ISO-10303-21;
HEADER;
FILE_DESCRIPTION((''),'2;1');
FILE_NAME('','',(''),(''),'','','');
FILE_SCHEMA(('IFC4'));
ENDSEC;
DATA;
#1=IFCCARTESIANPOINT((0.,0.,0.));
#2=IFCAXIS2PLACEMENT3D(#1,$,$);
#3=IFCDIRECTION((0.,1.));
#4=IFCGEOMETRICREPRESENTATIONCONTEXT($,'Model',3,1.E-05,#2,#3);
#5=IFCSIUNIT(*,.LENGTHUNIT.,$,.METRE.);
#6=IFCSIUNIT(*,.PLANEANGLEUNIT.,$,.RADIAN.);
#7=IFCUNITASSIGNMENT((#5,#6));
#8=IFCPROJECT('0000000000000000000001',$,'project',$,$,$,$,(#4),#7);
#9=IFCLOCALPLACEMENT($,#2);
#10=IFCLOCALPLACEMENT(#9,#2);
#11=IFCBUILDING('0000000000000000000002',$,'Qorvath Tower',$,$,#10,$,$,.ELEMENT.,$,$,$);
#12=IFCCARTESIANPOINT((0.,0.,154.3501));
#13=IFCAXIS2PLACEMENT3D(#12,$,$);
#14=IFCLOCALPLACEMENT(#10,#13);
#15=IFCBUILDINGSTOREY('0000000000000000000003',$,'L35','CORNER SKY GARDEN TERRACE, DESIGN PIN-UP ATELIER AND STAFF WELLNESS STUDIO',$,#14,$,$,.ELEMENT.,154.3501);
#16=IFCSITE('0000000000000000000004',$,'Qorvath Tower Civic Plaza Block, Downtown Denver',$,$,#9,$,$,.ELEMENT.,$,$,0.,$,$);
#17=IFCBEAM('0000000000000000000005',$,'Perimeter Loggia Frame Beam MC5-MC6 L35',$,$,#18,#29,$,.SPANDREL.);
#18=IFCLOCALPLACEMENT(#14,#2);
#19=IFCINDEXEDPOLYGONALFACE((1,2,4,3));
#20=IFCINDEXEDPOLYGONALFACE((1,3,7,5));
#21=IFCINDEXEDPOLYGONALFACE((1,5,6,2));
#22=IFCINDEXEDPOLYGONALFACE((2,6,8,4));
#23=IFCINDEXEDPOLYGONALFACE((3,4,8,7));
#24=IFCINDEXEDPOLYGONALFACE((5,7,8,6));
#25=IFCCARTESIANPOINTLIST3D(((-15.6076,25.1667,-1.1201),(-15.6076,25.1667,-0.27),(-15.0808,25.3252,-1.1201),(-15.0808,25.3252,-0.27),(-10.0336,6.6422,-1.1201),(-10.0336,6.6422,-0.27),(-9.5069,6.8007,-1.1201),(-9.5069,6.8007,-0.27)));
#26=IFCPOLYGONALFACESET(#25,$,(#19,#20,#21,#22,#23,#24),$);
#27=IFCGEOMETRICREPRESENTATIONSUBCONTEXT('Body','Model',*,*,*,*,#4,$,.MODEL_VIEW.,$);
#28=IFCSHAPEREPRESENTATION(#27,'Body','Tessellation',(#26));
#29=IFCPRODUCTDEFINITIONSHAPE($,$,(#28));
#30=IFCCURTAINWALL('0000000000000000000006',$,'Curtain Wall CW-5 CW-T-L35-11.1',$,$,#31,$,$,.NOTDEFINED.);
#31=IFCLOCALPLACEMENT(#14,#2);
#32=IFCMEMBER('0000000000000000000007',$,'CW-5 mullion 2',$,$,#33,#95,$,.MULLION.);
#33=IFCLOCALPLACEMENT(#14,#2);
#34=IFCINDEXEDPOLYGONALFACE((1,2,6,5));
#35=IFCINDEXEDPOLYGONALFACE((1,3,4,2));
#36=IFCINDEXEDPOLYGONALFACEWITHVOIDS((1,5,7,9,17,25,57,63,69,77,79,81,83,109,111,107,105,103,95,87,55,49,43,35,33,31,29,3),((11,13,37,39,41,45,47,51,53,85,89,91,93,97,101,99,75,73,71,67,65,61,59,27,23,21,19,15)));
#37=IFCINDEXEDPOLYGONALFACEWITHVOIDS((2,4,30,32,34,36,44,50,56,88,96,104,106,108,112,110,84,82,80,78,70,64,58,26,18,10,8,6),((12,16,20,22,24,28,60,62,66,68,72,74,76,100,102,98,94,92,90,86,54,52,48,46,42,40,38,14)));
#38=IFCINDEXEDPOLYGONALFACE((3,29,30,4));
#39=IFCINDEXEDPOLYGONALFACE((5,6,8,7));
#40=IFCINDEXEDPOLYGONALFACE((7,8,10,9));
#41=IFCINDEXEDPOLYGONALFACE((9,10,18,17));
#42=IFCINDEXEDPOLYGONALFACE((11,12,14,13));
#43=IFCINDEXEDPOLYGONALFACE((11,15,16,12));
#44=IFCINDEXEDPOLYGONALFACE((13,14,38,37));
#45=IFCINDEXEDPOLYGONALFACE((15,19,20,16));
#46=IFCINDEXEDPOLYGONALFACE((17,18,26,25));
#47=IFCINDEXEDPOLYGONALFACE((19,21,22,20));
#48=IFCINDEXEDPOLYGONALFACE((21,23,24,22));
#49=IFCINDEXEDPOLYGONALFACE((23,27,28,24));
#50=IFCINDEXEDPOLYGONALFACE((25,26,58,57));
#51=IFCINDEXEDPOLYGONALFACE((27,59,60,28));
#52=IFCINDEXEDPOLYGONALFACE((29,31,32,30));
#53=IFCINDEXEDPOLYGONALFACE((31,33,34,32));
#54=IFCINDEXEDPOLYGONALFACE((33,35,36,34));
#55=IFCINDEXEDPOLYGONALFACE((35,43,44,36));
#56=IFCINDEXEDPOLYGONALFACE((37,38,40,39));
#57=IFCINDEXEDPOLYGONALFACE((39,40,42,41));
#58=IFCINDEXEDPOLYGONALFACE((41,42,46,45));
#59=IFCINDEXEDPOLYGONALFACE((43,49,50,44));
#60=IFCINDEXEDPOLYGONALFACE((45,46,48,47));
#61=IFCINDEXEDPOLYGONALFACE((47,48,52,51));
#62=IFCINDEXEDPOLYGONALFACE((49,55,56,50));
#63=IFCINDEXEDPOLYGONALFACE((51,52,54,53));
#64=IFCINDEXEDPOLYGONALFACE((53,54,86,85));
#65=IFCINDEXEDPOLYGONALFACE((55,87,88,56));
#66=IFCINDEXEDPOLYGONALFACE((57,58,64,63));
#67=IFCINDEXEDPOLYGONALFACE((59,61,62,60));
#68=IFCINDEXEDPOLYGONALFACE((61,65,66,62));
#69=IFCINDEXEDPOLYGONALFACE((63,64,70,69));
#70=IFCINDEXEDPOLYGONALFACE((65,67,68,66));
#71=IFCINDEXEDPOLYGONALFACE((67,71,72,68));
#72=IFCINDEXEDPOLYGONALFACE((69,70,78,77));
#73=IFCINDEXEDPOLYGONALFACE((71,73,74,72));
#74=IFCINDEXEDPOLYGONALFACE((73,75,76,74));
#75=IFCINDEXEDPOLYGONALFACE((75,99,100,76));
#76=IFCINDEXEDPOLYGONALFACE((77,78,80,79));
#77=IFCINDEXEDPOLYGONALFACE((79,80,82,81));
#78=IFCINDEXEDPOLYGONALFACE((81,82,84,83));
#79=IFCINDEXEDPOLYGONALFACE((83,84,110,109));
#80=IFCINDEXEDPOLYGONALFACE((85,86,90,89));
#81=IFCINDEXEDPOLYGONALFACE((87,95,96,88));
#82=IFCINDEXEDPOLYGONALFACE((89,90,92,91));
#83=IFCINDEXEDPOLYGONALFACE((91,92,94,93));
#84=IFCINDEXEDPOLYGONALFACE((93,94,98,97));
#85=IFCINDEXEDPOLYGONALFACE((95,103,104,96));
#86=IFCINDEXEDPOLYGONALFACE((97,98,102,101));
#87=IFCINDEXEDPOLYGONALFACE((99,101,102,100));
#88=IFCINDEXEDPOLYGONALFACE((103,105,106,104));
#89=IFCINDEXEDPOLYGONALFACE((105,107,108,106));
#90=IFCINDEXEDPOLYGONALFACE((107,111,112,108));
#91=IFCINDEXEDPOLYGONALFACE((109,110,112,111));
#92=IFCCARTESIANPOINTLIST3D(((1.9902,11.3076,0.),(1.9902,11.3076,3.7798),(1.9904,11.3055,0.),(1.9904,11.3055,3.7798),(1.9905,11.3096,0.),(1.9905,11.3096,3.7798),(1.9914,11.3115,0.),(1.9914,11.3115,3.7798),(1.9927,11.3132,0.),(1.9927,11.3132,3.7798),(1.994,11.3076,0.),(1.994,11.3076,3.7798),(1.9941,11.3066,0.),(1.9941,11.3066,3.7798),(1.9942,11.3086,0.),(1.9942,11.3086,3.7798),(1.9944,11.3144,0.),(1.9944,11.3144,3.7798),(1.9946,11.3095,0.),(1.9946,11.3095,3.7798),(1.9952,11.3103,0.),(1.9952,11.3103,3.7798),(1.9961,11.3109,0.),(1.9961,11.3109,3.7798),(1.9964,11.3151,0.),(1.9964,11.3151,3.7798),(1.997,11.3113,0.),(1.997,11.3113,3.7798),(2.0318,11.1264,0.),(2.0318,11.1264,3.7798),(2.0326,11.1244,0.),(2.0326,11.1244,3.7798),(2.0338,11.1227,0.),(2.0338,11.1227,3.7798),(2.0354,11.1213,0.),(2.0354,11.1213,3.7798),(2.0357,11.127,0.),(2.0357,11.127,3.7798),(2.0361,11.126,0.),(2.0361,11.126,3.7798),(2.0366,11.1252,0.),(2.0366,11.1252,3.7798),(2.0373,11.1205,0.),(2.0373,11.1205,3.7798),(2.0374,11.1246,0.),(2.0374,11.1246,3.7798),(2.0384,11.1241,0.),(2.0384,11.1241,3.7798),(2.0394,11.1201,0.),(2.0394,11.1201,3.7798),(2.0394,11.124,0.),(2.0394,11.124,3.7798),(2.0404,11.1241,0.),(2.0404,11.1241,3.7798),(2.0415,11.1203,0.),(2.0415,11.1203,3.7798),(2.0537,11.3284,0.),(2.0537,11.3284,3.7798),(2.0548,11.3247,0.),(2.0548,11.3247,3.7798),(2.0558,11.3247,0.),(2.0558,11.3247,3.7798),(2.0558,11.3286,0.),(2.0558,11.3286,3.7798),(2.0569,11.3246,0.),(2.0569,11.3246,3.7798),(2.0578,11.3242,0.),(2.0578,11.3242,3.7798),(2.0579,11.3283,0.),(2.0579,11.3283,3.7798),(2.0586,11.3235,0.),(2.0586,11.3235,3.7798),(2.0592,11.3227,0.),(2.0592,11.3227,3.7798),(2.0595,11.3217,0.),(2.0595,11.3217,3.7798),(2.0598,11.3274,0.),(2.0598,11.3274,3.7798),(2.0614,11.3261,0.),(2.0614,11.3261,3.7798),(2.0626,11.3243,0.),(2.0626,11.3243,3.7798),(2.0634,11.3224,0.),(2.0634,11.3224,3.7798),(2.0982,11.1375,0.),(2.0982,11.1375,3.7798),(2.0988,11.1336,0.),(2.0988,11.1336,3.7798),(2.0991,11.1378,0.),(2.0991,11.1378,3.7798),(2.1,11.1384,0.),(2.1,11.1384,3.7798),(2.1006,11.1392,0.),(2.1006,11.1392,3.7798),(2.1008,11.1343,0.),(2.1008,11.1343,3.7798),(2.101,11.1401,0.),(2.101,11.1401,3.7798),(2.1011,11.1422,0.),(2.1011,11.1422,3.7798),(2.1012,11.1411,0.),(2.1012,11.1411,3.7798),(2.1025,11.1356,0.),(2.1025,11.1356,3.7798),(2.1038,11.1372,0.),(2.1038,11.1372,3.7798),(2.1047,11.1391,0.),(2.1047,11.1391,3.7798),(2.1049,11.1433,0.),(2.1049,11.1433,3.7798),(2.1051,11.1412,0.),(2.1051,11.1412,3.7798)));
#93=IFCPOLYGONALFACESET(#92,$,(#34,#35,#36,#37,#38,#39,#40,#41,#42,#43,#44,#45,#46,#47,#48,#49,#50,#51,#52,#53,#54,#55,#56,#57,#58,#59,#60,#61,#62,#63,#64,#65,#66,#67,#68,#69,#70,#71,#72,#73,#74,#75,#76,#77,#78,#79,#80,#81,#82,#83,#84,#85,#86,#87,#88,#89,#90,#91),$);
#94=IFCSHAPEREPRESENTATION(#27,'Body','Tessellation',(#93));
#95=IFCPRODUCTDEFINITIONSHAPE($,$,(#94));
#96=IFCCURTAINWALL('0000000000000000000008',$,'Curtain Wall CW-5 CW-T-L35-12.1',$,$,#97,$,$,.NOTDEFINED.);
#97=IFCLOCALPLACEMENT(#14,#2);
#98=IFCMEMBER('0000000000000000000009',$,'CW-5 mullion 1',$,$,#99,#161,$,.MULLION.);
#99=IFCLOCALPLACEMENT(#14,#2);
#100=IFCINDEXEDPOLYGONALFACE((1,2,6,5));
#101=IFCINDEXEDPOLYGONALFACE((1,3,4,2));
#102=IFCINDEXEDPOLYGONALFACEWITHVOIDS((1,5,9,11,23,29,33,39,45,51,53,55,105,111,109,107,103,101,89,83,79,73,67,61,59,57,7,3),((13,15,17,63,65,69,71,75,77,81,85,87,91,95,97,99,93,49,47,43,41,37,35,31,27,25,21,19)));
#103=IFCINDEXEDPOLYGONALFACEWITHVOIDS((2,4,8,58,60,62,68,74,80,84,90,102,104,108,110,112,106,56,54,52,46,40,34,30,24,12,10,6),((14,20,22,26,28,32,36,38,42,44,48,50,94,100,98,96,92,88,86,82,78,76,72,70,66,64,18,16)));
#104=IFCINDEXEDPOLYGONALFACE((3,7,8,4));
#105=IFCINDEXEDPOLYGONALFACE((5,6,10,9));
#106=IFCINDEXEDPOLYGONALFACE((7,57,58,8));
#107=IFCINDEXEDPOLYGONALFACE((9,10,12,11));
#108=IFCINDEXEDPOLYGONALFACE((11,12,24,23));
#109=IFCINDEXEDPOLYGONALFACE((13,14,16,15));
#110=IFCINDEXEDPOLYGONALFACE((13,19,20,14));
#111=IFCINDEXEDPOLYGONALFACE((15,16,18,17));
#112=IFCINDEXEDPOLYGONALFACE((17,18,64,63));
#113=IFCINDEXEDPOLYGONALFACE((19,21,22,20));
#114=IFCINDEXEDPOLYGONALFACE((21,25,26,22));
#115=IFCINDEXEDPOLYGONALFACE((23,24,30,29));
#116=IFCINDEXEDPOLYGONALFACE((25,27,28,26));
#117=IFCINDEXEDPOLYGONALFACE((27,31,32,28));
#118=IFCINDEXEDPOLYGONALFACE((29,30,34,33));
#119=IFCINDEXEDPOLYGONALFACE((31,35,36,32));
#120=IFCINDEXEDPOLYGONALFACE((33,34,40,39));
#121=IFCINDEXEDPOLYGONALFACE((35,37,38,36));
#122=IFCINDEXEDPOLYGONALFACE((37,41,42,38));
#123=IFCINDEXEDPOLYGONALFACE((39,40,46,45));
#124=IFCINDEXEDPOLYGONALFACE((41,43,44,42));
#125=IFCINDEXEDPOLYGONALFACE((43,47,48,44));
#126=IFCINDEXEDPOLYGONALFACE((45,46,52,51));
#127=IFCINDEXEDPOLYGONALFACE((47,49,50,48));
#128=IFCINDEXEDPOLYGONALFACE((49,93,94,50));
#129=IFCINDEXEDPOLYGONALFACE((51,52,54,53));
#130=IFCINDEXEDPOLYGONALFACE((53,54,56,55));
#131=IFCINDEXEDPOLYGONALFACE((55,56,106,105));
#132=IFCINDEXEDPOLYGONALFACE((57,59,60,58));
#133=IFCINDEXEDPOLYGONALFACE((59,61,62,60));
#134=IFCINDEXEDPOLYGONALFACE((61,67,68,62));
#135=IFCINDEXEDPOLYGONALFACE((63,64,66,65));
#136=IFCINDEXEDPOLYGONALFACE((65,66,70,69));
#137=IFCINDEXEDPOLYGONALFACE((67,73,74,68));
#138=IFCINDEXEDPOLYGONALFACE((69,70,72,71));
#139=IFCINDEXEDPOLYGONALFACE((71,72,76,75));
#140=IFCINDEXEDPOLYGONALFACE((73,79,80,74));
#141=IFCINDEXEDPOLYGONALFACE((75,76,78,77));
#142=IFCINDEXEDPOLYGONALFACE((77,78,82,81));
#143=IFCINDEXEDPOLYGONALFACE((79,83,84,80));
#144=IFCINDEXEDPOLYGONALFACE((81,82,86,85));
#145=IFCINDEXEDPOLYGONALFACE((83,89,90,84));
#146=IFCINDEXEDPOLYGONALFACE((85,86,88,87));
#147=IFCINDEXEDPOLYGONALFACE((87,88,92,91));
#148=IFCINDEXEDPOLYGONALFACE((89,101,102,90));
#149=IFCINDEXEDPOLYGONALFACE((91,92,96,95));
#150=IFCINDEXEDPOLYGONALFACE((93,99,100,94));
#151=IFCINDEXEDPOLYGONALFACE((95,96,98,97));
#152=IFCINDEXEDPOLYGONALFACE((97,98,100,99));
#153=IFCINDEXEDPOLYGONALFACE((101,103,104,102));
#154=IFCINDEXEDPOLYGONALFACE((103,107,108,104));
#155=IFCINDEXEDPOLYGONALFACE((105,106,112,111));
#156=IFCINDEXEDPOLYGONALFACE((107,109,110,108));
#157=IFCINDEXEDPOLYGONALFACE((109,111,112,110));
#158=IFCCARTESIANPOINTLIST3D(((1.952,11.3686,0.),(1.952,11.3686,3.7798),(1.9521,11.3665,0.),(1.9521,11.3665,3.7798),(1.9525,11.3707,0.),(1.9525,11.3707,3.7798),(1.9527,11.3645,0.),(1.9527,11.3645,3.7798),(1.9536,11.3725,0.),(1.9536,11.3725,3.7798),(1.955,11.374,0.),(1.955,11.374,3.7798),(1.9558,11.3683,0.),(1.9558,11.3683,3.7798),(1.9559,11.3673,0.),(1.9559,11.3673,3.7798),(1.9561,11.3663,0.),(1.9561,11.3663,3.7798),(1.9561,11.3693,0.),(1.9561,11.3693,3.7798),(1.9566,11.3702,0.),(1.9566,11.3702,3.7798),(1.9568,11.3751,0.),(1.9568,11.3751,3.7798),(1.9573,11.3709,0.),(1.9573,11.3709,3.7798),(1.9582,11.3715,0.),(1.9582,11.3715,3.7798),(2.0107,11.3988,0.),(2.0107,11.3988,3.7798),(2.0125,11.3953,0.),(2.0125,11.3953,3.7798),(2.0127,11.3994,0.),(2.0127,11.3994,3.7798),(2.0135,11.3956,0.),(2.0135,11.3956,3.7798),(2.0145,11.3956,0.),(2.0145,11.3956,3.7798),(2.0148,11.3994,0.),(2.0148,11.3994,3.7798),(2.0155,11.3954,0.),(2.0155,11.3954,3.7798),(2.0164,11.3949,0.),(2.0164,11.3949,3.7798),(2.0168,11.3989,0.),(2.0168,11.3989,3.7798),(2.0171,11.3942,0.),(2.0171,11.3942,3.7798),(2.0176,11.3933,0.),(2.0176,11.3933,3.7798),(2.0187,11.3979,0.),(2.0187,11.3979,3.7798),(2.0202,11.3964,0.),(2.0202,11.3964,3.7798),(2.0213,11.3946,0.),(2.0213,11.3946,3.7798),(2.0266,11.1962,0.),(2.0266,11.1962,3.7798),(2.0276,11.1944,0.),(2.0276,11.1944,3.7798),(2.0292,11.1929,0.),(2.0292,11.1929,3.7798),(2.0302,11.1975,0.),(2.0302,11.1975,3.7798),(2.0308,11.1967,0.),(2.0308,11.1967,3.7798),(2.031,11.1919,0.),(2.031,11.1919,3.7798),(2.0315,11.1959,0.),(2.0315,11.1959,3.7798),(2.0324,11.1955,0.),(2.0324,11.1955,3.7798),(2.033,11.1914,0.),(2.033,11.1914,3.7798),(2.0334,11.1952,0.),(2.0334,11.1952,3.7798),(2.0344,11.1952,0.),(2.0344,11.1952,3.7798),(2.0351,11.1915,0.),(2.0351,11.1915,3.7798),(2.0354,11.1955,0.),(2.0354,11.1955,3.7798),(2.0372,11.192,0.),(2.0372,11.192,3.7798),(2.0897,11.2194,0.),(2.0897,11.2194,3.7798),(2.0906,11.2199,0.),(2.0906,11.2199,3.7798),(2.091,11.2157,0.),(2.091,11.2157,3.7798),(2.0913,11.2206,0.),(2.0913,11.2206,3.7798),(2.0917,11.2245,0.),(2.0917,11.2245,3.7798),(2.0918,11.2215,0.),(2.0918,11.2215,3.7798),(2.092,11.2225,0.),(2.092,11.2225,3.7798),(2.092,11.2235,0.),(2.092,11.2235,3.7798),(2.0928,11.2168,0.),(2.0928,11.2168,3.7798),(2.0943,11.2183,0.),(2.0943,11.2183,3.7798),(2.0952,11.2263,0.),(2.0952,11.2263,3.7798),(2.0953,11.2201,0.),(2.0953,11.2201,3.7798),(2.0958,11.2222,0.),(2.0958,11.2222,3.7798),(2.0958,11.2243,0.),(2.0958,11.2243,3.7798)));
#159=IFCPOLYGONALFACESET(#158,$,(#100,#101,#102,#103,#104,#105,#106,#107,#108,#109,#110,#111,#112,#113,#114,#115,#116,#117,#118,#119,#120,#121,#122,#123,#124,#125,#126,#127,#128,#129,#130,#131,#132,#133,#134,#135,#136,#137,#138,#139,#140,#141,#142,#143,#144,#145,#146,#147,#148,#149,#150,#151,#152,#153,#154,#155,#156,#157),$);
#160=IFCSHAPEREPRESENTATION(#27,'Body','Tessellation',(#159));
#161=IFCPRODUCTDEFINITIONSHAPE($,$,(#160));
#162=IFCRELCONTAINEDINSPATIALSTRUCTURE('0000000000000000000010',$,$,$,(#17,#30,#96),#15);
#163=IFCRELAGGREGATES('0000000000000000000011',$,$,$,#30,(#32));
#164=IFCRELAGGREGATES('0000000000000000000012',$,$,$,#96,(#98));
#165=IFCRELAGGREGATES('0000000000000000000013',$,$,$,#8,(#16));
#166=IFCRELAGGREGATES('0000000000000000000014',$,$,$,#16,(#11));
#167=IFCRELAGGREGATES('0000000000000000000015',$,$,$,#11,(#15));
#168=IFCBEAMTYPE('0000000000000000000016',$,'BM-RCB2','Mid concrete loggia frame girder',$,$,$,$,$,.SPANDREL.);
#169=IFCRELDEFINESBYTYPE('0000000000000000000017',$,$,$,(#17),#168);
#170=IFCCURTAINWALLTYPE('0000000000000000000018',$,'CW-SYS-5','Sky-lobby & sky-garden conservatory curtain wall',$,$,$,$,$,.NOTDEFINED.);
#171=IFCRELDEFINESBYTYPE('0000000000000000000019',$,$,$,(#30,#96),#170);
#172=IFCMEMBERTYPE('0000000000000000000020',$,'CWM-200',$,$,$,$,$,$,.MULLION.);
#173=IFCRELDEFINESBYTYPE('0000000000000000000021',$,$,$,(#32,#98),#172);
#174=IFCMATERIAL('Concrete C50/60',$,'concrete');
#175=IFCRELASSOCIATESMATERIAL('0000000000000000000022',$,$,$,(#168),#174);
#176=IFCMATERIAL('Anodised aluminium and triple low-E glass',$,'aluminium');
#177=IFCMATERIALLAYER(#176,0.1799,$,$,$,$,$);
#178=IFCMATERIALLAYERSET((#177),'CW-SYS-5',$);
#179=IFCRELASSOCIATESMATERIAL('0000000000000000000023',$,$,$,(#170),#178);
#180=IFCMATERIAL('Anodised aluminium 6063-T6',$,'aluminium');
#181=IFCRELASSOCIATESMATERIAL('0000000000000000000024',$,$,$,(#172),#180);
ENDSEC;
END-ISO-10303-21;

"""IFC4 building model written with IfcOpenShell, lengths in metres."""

from ifc_helpers import new_model, si_unit, direction, frame, origin, origin_2d, place, context, subcontext, project, spatial, rectangle, hollow_rectangle, extrude, material, layer, layer_set, material_profile, profile_set, type_object, element, aggregate, save


model = new_model("IFC4")

# Units and contexts
model_context = context("Model", 3, precision=1e-05, world=origin(), true_north=direction((0.0, 1.0)))
body_context = subcontext(model_context, "Body", "Model", "MODEL_VIEW")
ifc_project = project(units=[si_unit("LENGTHUNIT", "METRE"), si_unit("PLANEANGLEUNIT", "RADIAN")], contexts=[model_context])

# Site, building, storey
site_placement = place(None, origin())
site = spatial("IfcSite", under=ifc_project, at=site_placement, Name="Qorvath Tower Civic Plaza Block, Downtown Denver", CompositionType="ELEMENT", RefElevation=0.0)
building_placement = place(site_placement, origin())
building = spatial("IfcBuilding", under=site, at=building_placement, Name="Qorvath Tower", CompositionType="ELEMENT")
storey_placement = place(building_placement, frame((0.0, 0.0, 154.3501)))
storey = spatial("IfcBuildingStorey", under=building, at=storey_placement, Name="L35", Description="CORNER SKY GARDEN TERRACE, DESIGN PIN-UP ATELIER AND STAFF WELLNESS STUDIO", CompositionType="ELEMENT", Elevation=154.3501)

# Beam
ifc_material_1 = material(Name="Concrete C50/60", Category="concrete")
ifc_material_profile_1 = material_profile(ifc_material_1, rectangle(XDim=0.55, YDim=0.8501, at=origin_2d()), Name="RCB 850x550")
ifc_profile_set_1 = profile_set([ifc_material_profile_1], Name="Concrete C50/60")
beam_type_1 = type_object("IfcBeamType", Name="BM-RCB2", Description="Mid concrete loggia frame girder", PredefinedType="SPANDREL", material=ifc_profile_set_1)
beam_1_placement = place(storey_placement, frame((-9.7703, 6.7214, -0.6951), z_axis=(-0.288134, 0.95759, 0.0), x_axis=(-0.95759, -0.288134, 0.0)))
element("IfcBeam", 1, at=beam_1_placement, inside=storey, type_object=beam_type_1, Name="Perimeter Loggia Frame Beam MC5-MC6 L35", PredefinedType="SPANDREL", context=body_context, shape_type="SweptSolid", body=[
    extrude(rectangle(XDim=0.55, YDim=0.8501, at=origin_2d()), origin(), (0.0, 0.0, 1.0), 19.345),
])

# Curtain wall, member
ifc_material_2 = material(Name="Anodised aluminium and triple low-E glass", Category="aluminium")
ifc_layer_1 = layer(ifc_material_2, 0.1799)
ifc_layer_set_1 = layer_set([ifc_layer_1], Name="CW-SYS-5")
curtain_wall_type = type_object("IfcCurtainWallType", Name="CW-SYS-5", Description="Sky-lobby & sky-garden conservatory curtain wall", PredefinedType="NOTDEFINED", material=ifc_layer_set_1)
curtain_wall_1_placement = place(storey_placement, origin())
curtain_wall_1 = element("IfcCurtainWall", 2, at=curtain_wall_1_placement, inside=storey, type_object=curtain_wall_type, Name="Curtain Wall CW-5 CW-T-L35-11.1", PredefinedType="NOTDEFINED")
ifc_material_3 = material(Name="Anodised aluminium 6063-T6", Category="aluminium")
ifc_material_profile_2 = material_profile(ifc_material_3, hollow_rectangle(XDim=0.075, YDim=0.2, WallThickness=0.0039, InnerFilletRadius=0.0039, OuterFilletRadius=0.0081, at=origin_2d()), Name="CWM 200x75")
ifc_profile_set_2 = profile_set([ifc_material_profile_2], Name="Anodised aluminium 6063-T6")
member_type_1 = type_object("IfcMemberType", Name="CWM-200", PredefinedType="MULLION", material=ifc_profile_set_2)
member_1_placement = place(storey_placement, frame((2.0476, 11.2244, 0.0), z_axis=(0.0, 0.0, 1.0), x_axis=(-0.974213, -0.225631, 0.0)))
member_1 = element("IfcMember", 3, at=member_1_placement, type_object=member_type_1, Name="CW-5 mullion 2", PredefinedType="MULLION", context=body_context, shape_type="SweptSolid", body=[
    extrude(hollow_rectangle(XDim=0.075, YDim=0.2, WallThickness=0.0039, InnerFilletRadius=0.0039, OuterFilletRadius=0.0081, at=origin_2d()), origin(), (0.0, 0.0, 1.0), 3.7798),
])

# Curtain wall, member
curtain_wall_2_placement = place(storey_placement, origin())
curtain_wall_2 = element("IfcCurtainWall", 4, at=curtain_wall_2_placement, inside=storey, type_object=curtain_wall_type, Name="Curtain Wall CW-5 CW-T-L35-12.1", PredefinedType="NOTDEFINED")
member_2_placement = place(storey_placement, frame((2.0239, 11.2954, 0.0), z_axis=(0.0, 0.0, 1.0), x_axis=(-0.915683, -0.401902, 0.0)))
member_2 = element("IfcMember", 5, at=member_2_placement, type_object=member_type_1, Name="CW-5 mullion 1", PredefinedType="MULLION", context=body_context, shape_type="SweptSolid", body=[
    extrude(hollow_rectangle(XDim=0.075, YDim=0.2, WallThickness=0.0039, InnerFilletRadius=0.0039, OuterFilletRadius=0.0081, at=origin_2d()), origin(), (0.0, 0.0, 1.0), 3.7798),
])

aggregate(curtain_wall_1, [member_1])
aggregate(curtain_wall_2, [member_2])

save(model, "model.ifc")
